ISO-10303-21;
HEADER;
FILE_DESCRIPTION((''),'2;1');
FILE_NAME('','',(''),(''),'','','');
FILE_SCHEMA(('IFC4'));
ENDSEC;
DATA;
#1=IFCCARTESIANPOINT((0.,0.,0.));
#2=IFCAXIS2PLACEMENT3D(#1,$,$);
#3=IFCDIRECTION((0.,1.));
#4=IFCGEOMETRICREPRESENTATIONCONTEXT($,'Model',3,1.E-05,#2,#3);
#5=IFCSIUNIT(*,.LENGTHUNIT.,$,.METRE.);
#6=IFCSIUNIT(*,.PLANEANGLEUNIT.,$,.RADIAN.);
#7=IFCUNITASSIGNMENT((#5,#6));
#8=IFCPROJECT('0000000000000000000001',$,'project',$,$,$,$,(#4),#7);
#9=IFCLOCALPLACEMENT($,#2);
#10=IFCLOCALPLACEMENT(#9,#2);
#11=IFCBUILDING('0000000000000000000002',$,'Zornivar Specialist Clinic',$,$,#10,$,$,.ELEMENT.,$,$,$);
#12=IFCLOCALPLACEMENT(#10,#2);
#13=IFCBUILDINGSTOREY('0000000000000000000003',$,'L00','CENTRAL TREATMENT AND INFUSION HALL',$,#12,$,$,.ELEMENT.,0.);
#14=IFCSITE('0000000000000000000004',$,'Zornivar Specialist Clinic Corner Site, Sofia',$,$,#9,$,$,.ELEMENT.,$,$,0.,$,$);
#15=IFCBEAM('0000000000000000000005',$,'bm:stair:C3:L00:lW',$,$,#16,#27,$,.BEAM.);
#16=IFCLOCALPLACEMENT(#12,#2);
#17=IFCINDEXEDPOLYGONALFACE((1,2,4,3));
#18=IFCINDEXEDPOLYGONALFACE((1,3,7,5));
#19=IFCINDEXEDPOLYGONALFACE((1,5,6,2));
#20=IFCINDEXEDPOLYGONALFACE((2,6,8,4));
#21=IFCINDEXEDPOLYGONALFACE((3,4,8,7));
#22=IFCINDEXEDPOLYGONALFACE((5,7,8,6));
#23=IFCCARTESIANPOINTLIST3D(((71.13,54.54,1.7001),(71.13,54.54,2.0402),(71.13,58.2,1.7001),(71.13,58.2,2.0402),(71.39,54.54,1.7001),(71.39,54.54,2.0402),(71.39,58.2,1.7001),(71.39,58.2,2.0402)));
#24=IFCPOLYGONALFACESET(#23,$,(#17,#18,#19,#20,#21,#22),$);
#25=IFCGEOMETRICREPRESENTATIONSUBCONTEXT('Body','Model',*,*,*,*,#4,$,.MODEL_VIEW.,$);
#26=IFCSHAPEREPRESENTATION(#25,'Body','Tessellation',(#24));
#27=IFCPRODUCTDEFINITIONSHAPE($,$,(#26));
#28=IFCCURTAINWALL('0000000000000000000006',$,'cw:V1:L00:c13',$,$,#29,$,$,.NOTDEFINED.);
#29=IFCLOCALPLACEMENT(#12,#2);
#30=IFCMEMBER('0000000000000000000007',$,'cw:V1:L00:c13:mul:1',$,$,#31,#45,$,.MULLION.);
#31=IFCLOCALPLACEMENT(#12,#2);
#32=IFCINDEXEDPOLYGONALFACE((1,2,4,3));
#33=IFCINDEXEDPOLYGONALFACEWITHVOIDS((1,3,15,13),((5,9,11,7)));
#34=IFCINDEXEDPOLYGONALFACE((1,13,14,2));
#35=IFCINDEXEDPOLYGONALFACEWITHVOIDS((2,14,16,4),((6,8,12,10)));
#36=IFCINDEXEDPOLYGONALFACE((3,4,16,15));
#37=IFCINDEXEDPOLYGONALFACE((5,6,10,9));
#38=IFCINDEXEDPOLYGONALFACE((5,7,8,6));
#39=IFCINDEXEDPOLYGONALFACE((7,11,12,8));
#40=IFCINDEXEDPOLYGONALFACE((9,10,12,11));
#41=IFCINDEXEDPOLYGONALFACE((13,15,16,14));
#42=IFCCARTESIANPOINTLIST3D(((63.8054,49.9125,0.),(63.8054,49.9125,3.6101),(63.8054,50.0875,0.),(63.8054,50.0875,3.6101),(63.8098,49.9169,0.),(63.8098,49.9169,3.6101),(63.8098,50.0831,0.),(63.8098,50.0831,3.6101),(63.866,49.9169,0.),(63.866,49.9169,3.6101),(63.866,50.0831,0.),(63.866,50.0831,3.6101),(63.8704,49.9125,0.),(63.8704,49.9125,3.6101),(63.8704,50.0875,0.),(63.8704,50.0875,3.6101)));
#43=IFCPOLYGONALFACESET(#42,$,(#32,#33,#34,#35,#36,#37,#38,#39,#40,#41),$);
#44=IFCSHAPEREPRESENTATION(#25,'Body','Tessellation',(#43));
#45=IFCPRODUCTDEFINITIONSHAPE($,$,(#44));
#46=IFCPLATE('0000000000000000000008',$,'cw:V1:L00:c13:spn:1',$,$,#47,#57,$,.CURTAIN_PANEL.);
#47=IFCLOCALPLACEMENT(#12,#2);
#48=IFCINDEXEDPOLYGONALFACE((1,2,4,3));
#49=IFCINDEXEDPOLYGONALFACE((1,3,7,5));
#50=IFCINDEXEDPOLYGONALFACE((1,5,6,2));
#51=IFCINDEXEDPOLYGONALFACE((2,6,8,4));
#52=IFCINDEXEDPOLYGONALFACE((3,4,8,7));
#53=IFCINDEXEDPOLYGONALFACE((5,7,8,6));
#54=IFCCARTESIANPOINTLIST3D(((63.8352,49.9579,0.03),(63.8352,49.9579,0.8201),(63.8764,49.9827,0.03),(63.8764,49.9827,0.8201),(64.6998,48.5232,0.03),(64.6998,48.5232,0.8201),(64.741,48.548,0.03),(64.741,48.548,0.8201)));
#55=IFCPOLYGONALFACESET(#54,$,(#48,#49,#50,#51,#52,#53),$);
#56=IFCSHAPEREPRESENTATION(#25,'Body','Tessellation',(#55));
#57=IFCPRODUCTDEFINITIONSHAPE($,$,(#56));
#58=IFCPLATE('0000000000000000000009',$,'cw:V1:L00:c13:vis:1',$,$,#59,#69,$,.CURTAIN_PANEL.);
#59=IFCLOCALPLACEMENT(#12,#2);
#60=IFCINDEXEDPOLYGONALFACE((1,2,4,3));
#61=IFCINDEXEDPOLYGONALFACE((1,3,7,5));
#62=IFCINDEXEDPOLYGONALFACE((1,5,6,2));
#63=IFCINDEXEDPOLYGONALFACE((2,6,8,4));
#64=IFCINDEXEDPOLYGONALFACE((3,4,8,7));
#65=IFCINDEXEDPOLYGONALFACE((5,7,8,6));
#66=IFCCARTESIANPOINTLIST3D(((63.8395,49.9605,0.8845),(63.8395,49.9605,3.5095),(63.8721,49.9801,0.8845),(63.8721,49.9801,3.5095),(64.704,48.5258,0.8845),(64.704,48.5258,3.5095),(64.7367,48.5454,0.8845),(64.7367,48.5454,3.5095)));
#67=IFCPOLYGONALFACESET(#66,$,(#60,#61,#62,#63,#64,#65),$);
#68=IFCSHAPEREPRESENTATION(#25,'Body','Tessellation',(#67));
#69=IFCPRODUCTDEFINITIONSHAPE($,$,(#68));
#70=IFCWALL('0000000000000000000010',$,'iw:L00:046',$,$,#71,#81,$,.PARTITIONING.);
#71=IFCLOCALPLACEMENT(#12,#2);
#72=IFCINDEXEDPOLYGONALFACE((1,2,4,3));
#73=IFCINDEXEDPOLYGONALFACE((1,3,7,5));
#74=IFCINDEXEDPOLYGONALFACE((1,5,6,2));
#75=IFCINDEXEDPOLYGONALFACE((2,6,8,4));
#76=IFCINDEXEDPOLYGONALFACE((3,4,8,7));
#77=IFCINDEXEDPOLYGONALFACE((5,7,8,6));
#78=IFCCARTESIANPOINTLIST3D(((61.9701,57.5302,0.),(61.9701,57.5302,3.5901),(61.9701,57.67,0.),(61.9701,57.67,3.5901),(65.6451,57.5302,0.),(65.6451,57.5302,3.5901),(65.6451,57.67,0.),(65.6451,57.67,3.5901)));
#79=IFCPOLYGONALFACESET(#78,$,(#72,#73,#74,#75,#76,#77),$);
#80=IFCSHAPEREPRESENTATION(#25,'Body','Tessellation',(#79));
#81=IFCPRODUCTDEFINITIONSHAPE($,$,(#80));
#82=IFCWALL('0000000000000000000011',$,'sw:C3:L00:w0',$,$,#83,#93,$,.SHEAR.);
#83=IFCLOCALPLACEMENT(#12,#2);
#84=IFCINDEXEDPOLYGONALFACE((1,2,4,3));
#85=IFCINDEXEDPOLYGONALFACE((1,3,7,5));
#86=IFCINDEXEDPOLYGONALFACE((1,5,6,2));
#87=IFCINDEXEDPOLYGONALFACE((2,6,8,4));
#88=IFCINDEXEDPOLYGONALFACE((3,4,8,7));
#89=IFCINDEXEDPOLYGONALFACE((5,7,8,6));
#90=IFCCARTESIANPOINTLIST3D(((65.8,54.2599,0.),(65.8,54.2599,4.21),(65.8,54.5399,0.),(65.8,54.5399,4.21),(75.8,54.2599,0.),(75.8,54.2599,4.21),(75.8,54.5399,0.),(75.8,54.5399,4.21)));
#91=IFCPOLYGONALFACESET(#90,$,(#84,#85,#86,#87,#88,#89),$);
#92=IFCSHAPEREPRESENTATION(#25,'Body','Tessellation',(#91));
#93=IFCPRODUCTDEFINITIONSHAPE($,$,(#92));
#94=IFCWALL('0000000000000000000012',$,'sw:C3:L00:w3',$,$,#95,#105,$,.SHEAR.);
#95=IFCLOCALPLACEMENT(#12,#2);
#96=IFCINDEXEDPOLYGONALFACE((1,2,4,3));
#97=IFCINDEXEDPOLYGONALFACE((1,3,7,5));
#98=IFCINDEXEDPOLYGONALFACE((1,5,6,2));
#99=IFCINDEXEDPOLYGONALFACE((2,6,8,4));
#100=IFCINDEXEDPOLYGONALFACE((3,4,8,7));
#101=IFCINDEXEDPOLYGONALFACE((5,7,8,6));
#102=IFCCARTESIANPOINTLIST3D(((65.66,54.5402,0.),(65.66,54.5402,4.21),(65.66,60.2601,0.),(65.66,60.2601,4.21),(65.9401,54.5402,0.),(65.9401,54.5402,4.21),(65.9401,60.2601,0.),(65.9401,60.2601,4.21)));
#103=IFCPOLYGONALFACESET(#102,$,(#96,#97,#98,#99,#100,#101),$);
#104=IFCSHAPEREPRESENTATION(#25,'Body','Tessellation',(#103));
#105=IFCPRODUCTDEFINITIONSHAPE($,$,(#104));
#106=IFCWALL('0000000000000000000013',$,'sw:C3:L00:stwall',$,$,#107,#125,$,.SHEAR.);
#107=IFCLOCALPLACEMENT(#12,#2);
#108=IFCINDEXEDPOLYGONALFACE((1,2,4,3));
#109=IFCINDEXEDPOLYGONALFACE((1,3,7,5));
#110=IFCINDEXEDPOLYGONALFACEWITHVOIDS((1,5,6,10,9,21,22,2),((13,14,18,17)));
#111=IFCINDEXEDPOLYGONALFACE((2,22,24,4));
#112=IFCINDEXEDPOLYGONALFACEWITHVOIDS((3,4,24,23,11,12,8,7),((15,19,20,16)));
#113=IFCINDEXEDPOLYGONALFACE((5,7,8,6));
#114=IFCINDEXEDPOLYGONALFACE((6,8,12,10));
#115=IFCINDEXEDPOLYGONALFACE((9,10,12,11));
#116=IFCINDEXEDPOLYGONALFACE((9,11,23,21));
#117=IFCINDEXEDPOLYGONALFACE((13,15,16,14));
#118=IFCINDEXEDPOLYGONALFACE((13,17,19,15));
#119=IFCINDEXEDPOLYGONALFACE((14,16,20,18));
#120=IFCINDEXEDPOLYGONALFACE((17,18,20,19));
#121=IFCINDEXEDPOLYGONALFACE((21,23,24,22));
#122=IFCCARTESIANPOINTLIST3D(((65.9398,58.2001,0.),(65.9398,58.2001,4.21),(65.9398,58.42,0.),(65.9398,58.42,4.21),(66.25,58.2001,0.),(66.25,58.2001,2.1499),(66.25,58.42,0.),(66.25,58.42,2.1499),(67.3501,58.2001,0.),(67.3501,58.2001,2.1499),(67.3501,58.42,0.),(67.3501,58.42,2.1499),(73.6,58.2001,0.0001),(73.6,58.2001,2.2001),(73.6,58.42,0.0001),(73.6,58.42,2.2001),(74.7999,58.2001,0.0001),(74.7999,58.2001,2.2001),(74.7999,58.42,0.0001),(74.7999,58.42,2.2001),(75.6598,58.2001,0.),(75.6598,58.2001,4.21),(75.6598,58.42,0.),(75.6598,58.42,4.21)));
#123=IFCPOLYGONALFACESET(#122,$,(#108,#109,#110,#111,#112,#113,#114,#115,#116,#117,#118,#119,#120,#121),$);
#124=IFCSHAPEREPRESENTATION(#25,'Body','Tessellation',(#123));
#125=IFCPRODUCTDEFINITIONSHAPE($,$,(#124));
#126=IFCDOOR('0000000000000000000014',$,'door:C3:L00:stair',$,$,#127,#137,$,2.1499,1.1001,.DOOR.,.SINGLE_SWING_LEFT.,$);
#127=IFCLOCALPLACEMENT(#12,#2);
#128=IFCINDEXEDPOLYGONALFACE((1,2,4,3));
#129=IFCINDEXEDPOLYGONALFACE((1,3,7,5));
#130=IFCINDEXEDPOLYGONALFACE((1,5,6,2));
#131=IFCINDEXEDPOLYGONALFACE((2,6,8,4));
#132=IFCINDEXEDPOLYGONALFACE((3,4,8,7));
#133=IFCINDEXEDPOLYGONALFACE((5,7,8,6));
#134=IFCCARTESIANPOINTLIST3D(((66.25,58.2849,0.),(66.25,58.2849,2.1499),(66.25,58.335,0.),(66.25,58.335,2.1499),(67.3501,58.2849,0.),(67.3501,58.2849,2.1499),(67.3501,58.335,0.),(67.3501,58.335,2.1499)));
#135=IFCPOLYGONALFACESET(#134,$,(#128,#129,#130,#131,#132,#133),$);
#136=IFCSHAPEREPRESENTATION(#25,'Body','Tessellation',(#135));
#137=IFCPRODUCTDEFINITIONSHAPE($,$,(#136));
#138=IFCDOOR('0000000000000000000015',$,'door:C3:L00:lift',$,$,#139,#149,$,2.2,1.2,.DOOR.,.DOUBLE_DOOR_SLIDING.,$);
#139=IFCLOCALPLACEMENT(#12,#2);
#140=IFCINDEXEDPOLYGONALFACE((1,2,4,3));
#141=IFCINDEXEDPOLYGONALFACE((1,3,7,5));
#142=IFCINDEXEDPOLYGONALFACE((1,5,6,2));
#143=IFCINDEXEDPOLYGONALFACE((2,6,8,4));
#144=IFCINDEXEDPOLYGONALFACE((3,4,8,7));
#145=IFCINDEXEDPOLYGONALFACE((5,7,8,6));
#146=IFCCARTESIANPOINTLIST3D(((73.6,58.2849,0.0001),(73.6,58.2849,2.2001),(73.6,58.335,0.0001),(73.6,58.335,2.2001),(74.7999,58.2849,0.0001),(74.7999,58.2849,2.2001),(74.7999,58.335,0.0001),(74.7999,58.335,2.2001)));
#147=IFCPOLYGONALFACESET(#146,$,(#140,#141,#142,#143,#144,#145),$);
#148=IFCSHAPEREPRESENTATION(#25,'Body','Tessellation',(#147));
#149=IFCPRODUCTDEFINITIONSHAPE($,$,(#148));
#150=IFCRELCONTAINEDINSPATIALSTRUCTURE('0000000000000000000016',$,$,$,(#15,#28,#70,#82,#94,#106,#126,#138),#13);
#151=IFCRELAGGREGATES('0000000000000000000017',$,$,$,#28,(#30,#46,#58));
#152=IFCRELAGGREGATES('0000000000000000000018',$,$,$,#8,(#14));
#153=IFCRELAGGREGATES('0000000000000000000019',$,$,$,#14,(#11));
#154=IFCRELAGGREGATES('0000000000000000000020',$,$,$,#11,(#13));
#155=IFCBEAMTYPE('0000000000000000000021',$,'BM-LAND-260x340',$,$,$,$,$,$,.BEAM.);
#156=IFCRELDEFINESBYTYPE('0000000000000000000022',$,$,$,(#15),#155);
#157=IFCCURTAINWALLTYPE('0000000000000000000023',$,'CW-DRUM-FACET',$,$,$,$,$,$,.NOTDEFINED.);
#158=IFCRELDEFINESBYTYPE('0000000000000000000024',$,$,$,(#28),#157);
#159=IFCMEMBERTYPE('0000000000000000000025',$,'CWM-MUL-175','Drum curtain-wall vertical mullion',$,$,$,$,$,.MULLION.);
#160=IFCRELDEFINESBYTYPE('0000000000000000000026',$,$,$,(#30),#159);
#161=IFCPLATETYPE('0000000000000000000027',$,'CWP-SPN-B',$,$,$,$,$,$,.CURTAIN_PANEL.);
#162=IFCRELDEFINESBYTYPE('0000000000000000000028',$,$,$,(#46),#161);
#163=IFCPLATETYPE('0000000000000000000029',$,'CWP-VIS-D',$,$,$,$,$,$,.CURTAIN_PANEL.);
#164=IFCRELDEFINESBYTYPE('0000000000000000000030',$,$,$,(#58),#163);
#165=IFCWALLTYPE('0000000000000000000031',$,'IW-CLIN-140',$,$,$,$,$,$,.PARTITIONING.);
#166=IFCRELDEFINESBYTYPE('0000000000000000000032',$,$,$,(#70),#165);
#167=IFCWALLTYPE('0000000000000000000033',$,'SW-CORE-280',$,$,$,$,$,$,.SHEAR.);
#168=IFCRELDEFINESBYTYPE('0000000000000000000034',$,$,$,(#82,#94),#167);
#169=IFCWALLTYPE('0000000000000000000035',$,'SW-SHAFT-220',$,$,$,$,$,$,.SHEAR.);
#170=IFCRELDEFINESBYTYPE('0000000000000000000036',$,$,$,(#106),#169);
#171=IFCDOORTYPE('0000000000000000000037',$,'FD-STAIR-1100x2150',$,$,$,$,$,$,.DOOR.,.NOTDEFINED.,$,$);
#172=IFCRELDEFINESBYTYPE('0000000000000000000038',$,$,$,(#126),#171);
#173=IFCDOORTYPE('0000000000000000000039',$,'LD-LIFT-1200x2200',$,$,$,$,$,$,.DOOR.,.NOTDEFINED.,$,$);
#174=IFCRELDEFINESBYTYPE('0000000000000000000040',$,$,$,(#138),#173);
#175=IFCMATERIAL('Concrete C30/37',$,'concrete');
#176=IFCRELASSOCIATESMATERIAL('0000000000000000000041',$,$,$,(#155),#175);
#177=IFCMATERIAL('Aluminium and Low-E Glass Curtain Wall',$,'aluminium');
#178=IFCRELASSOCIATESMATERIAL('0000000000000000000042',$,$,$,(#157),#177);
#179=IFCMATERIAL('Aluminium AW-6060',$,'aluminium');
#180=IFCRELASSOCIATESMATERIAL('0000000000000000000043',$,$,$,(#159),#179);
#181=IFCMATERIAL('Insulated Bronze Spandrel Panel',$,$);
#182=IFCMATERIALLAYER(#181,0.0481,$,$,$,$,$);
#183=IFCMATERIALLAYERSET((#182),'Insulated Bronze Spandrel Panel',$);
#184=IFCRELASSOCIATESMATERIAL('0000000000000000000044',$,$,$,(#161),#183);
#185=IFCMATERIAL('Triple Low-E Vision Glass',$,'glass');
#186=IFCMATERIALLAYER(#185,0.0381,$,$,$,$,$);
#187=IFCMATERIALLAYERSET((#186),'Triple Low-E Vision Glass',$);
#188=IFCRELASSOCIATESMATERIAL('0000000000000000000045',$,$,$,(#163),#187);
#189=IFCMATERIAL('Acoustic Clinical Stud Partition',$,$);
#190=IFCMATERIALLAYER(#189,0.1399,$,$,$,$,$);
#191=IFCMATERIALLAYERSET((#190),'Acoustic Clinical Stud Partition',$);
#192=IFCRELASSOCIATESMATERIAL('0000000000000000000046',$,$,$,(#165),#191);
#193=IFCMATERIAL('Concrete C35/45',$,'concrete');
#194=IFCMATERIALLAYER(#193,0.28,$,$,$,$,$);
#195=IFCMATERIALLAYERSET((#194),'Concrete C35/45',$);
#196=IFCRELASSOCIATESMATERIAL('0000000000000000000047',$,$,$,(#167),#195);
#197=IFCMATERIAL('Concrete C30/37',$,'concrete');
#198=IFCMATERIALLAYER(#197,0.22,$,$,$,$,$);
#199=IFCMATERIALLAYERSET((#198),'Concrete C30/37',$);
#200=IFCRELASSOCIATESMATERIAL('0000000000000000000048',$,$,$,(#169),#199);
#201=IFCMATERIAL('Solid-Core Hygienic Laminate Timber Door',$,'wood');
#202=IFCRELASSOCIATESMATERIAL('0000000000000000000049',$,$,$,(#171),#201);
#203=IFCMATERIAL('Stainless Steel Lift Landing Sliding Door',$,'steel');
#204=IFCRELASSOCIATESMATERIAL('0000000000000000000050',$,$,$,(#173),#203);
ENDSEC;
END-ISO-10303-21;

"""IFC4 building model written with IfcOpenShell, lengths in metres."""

from ifc_helpers import new_model, si_unit, direction, frame, frame_2d, origin, origin_2d, place, context, subcontext, project, spatial, rectangle, hollow_rectangle, extrude, material, layer, layer_set, material_profile, profile_set, type_object, element, fill, aggregate, save


model = new_model("IFC4")

# Units and contexts
model_context = context("Model", 3, precision=1e-05, world=origin(), true_north=direction((0.0, 1.0)))
body_context = subcontext(model_context, "Body", "Model", "MODEL_VIEW")
ifc_project = project(units=[si_unit("LENGTHUNIT", "METRE"), si_unit("PLANEANGLEUNIT", "RADIAN")], contexts=[model_context])

# Site, building, storey
site_placement = place(None, origin())
site = spatial("IfcSite", under=ifc_project, at=site_placement, Name="Zornivar Specialist Clinic Corner Site, Sofia", CompositionType="ELEMENT", RefElevation=0.0)
building_placement = place(site_placement, origin())
building = spatial("IfcBuilding", under=site, at=building_placement, Name="Zornivar Specialist Clinic", CompositionType="ELEMENT")
storey_placement = place(building_placement, origin())
storey = spatial("IfcBuildingStorey", under=building, at=storey_placement, Name="L00", Description="CENTRAL TREATMENT AND INFUSION HALL", CompositionType="ELEMENT", Elevation=0.0)

# Beam
ifc_material_1 = material(Name="Concrete C30/37", Category="concrete")
ifc_material_profile_1 = material_profile(ifc_material_1, rectangle(XDim=0.26, YDim=0.3401, at=origin_2d()), Name="RC 260x340")
ifc_profile_set_1 = profile_set([ifc_material_profile_1], Name="Concrete C30/37")
beam_type = type_object("IfcBeamType", Name="BM-LAND-260x340", PredefinedType="BEAM", material=ifc_profile_set_1)
beam_placement = place(storey_placement, frame((71.26, 54.54, 1.8701), z_axis=(0.0, 1.0, 0.0), x_axis=(-1.0, 0.0, 0.0)))
element("IfcBeam", 1, at=beam_placement, inside=storey, type_object=beam_type, Name="bm:stair:C3:L00:lW", PredefinedType="BEAM", context=body_context, shape_type="SweptSolid", body=[
    extrude(rectangle(XDim=0.26, YDim=0.3401, at=origin_2d()), origin(), (0.0, 0.0, 1.0), 3.6599),
])

# Curtain wall, member, plates
ifc_material_2 = material(Name="Aluminium and Low-E Glass Curtain Wall", Category="aluminium")
curtain_wall_type = type_object("IfcCurtainWallType", Name="CW-DRUM-FACET", PredefinedType="NOTDEFINED", material=ifc_material_2)
curtain_wall_placement = place(storey_placement, origin())
curtain_wall = element("IfcCurtainWall", 2, at=curtain_wall_placement, inside=storey, type_object=curtain_wall_type, Name="cw:V1:L00:c13", PredefinedType="NOTDEFINED")
ifc_material_3 = material(Name="Aluminium AW-6060", Category="aluminium")
ifc_material_profile_2 = material_profile(ifc_material_3, hollow_rectangle(XDim=0.0649, YDim=0.175, WallThickness=0.0044, at=origin_2d()), Name="ALU 65x175x4.5")
ifc_profile_set_2 = profile_set([ifc_material_profile_2], Name="Aluminium AW-6060")
member_type = type_object("IfcMemberType", Name="CWM-MUL-175", Description="Drum curtain-wall vertical mullion", PredefinedType="MULLION", material=ifc_profile_set_2)
member_placement = place(storey_placement, frame((63.8379, 50.0, 0.0), z_axis=(0.0, 0.0, 1.0), x_axis=(1.0, 0.0, 0.0)))
member = element("IfcMember", 3, at=member_placement, type_object=member_type, Name="cw:V1:L00:c13:mul:1", PredefinedType="MULLION", context=body_context, shape_type="SweptSolid", body=[
    extrude(hollow_rectangle(XDim=0.0649, YDim=0.175, WallThickness=0.0044, at=origin_2d()), origin(), (0.0, 0.0, 1.0), 3.6101),
])
ifc_material_4 = material(Name="Insulated Bronze Spandrel Panel")
ifc_layer_1 = layer(ifc_material_4, 0.0481)
ifc_layer_set_1 = layer_set([ifc_layer_1], Name="Insulated Bronze Spandrel Panel")
plate_type_1 = type_object("IfcPlateType", Name="CWP-SPN-B", PredefinedType="CURTAIN_PANEL", material=ifc_layer_set_1)
plate_1_placement = place(storey_placement, frame((64.2881, 49.2529, 0.03), z_axis=(0.0, 0.0, 1.0), x_axis=(0.516127, -0.856512, 0.0)))
plate_1 = element("IfcPlate", 4, at=plate_1_placement, type_object=plate_type_1, Name="cw:V1:L00:c13:spn:1", PredefinedType="CURTAIN_PANEL", context=body_context, shape_type="SweptSolid", body=[
    extrude(rectangle(XDim=1.675, YDim=0.0481, at=origin_2d()), origin(), (0.0, 0.0, 1.0), 0.79),
])
ifc_material_5 = material(Name="Triple Low-E Vision Glass", Category="glass")
ifc_layer_2 = layer(ifc_material_5, 0.0381)
ifc_layer_set_2 = layer_set([ifc_layer_2], Name="Triple Low-E Vision Glass")
plate_type_2 = type_object("IfcPlateType", Name="CWP-VIS-D", PredefinedType="CURTAIN_PANEL", material=ifc_layer_set_2)
plate_2_placement = place(storey_placement, frame((64.2881, 49.2529, 0.8845), z_axis=(0.0, 0.0, 1.0), x_axis=(0.516127, -0.856512, 0.0)))
plate_2 = element("IfcPlate", 5, at=plate_2_placement, type_object=plate_type_2, Name="cw:V1:L00:c13:vis:1", PredefinedType="CURTAIN_PANEL", context=body_context, shape_type="SweptSolid", body=[
    extrude(rectangle(XDim=1.675, YDim=0.0381, at=origin_2d()), origin(), (0.0, 0.0, 1.0), 2.625),
])
aggregate(curtain_wall, [member, plate_1, plate_2])

# Walls
ifc_material_6 = material(Name="Acoustic Clinical Stud Partition")
ifc_layer_3 = layer(ifc_material_6, 0.1399)
ifc_layer_set_3 = layer_set([ifc_layer_3], Name="Acoustic Clinical Stud Partition")
wall_type_1 = type_object("IfcWallType", Name="IW-CLIN-140", PredefinedType="PARTITIONING", material=ifc_layer_set_3)
wall_1_placement = place(storey_placement, frame((65.645, 57.6001, 0.0), z_axis=(0.0, 0.0, 1.0), x_axis=(-1.0, 0.0, 0.0)))
element("IfcWall", 6, at=wall_1_placement, inside=storey, type_object=wall_type_1, Name="iw:L00:046", PredefinedType="PARTITIONING", context=body_context, shape_type="SweptSolid", body=[
    extrude(rectangle(XDim=3.675, YDim=0.1399, at=frame_2d((1.8374, 0.0))), origin(), (0.0, 0.0, 1.0), 3.5901),
])
ifc_material_7 = material(Name="Concrete C35/45", Category="concrete")
ifc_layer_4 = layer(ifc_material_7, 0.28)
ifc_layer_set_4 = layer_set([ifc_layer_4], Name="Concrete C35/45")
wall_type_2 = type_object("IfcWallType", Name="SW-CORE-280", PredefinedType="SHEAR", material=ifc_layer_set_4)
wall_2_placement = place(storey_placement, frame((65.8, 54.3999, 0.0), z_axis=(0.0, 0.0, 1.0), x_axis=(1.0, 0.0, 0.0)))
element("IfcWall", 7, at=wall_2_placement, inside=storey, type_object=wall_type_2, Name="sw:C3:L00:w0", PredefinedType="SHEAR", context=body_context, shape_type="SweptSolid", body=[
    extrude(rectangle(XDim=10.0, YDim=0.28, at=frame_2d((5.0, 0.0))), origin(), (0.0, 0.0, 1.0), 4.21),
])
wall_3_placement = place(storey_placement, frame((65.8, 60.26, 0.0), z_axis=(0.0, 0.0, 1.0), x_axis=(0.0, -1.0, 0.0)))
element("IfcWall", 8, at=wall_3_placement, inside=storey, type_object=wall_type_2, Name="sw:C3:L00:w3", PredefinedType="SHEAR", context=body_context, shape_type="SweptSolid", body=[
    extrude(rectangle(XDim=5.72, YDim=0.28, at=frame_2d((2.8599, 0.0))), origin(), (0.0, 0.0, 1.0), 4.21),
])

# Wall, openings, doors
ifc_material_8 = material(Name="Concrete C30/37", Category="concrete")
ifc_layer_5 = layer(ifc_material_8, 0.22)
ifc_layer_set_5 = layer_set([ifc_layer_5], Name="Concrete C30/37")
wall_type_3 = type_object("IfcWallType", Name="SW-SHAFT-220", PredefinedType="SHEAR", material=ifc_layer_set_5)
wall_4_placement = place(storey_placement, frame((65.9399, 58.3101, 0.0), z_axis=(0.0, 0.0, 1.0), x_axis=(1.0, 0.0, 0.0)))
wall_4 = element("IfcWall", 9, at=wall_4_placement, inside=storey, type_object=wall_type_3, Name="sw:C3:L00:stwall", PredefinedType="SHEAR", context=body_context, shape_type="SweptSolid", body=[
    extrude(rectangle(XDim=9.72, YDim=0.22, at=frame_2d((4.8599, 0.0))), origin(), (0.0, 0.0, 1.0), 4.21),
])
opening_1_placement = place(wall_4_placement, frame((0.3101, 0.0, 0.0)))
opening_1 = element("IfcOpeningElement", 10, at=opening_1_placement, cuts=wall_4, PredefinedType="OPENING", context=body_context, shape_type="SweptSolid", body=[
    extrude(rectangle(XDim=1.1001, YDim=2.1499, at=frame_2d((0.55, 1.075))), frame((0.0, 0.1199, 0.0), z_axis=(0.0, -1.0, 0.0), x_axis=(1.0, 0.0, 0.0)), (0.0, 0.0, 1.0), 0.24),
])
opening_2_placement = place(wall_4_placement, frame((7.6599, 0.0, 0.0)))
opening_2 = element("IfcOpeningElement", 11, at=opening_2_placement, cuts=wall_4, PredefinedType="OPENING", context=body_context, shape_type="SweptSolid", body=[
    extrude(rectangle(XDim=1.2, YDim=2.2, at=frame_2d((0.6001, 1.1001))), frame((0.0, 0.1199, 0.0), z_axis=(0.0, -1.0, 0.0), x_axis=(1.0, 0.0, 0.0)), (0.0, 0.0, 1.0), 0.24),
])
ifc_material_9 = material(Name="Solid-Core Hygienic Laminate Timber Door", Category="wood")
door_type_1 = type_object("IfcDoorType", Name="FD-STAIR-1100x2150", OperationType="NOTDEFINED", PredefinedType="DOOR", material=ifc_material_9)
door_1_placement = place(opening_1_placement, origin())
door_1 = element("IfcDoor", 12, at=door_1_placement, inside=storey, type_object=door_type_1, Name="door:C3:L00:stair", OperationType="SINGLE_SWING_LEFT", OverallHeight=2.1499, OverallWidth=1.1001, PredefinedType="DOOR", context=body_context, shape_type="SweptSolid", body=[
    extrude(rectangle(XDim=1.1001, YDim=2.1499, at=frame_2d((0.55, 1.075))), frame((0.0, 0.0249, 0.0), z_axis=(0.0, -1.0, 0.0), x_axis=(1.0, 0.0, 0.0)), (0.0, 0.0, 1.0), 0.05),
])
fill(opening_1, door_1)
ifc_material_10 = material(Name="Stainless Steel Lift Landing Sliding Door", Category="steel")
door_type_2 = type_object("IfcDoorType", Name="LD-LIFT-1200x2200", OperationType="NOTDEFINED", PredefinedType="DOOR", material=ifc_material_10)
door_2_placement = place(opening_2_placement, origin())
door_2 = element("IfcDoor", 13, at=door_2_placement, inside=storey, type_object=door_type_2, Name="door:C3:L00:lift", OperationType="DOUBLE_DOOR_SLIDING", OverallHeight=2.2, OverallWidth=1.2, PredefinedType="DOOR", context=body_context, shape_type="SweptSolid", body=[
    extrude(rectangle(XDim=1.2, YDim=2.2, at=frame_2d((0.6001, 1.1001))), frame((0.0, 0.0249, 0.0), z_axis=(0.0, -1.0, 0.0), x_axis=(1.0, 0.0, 0.0)), (0.0, 0.0, 1.0), 0.05),
])
fill(opening_2, door_2)

save(model, "model.ifc")
